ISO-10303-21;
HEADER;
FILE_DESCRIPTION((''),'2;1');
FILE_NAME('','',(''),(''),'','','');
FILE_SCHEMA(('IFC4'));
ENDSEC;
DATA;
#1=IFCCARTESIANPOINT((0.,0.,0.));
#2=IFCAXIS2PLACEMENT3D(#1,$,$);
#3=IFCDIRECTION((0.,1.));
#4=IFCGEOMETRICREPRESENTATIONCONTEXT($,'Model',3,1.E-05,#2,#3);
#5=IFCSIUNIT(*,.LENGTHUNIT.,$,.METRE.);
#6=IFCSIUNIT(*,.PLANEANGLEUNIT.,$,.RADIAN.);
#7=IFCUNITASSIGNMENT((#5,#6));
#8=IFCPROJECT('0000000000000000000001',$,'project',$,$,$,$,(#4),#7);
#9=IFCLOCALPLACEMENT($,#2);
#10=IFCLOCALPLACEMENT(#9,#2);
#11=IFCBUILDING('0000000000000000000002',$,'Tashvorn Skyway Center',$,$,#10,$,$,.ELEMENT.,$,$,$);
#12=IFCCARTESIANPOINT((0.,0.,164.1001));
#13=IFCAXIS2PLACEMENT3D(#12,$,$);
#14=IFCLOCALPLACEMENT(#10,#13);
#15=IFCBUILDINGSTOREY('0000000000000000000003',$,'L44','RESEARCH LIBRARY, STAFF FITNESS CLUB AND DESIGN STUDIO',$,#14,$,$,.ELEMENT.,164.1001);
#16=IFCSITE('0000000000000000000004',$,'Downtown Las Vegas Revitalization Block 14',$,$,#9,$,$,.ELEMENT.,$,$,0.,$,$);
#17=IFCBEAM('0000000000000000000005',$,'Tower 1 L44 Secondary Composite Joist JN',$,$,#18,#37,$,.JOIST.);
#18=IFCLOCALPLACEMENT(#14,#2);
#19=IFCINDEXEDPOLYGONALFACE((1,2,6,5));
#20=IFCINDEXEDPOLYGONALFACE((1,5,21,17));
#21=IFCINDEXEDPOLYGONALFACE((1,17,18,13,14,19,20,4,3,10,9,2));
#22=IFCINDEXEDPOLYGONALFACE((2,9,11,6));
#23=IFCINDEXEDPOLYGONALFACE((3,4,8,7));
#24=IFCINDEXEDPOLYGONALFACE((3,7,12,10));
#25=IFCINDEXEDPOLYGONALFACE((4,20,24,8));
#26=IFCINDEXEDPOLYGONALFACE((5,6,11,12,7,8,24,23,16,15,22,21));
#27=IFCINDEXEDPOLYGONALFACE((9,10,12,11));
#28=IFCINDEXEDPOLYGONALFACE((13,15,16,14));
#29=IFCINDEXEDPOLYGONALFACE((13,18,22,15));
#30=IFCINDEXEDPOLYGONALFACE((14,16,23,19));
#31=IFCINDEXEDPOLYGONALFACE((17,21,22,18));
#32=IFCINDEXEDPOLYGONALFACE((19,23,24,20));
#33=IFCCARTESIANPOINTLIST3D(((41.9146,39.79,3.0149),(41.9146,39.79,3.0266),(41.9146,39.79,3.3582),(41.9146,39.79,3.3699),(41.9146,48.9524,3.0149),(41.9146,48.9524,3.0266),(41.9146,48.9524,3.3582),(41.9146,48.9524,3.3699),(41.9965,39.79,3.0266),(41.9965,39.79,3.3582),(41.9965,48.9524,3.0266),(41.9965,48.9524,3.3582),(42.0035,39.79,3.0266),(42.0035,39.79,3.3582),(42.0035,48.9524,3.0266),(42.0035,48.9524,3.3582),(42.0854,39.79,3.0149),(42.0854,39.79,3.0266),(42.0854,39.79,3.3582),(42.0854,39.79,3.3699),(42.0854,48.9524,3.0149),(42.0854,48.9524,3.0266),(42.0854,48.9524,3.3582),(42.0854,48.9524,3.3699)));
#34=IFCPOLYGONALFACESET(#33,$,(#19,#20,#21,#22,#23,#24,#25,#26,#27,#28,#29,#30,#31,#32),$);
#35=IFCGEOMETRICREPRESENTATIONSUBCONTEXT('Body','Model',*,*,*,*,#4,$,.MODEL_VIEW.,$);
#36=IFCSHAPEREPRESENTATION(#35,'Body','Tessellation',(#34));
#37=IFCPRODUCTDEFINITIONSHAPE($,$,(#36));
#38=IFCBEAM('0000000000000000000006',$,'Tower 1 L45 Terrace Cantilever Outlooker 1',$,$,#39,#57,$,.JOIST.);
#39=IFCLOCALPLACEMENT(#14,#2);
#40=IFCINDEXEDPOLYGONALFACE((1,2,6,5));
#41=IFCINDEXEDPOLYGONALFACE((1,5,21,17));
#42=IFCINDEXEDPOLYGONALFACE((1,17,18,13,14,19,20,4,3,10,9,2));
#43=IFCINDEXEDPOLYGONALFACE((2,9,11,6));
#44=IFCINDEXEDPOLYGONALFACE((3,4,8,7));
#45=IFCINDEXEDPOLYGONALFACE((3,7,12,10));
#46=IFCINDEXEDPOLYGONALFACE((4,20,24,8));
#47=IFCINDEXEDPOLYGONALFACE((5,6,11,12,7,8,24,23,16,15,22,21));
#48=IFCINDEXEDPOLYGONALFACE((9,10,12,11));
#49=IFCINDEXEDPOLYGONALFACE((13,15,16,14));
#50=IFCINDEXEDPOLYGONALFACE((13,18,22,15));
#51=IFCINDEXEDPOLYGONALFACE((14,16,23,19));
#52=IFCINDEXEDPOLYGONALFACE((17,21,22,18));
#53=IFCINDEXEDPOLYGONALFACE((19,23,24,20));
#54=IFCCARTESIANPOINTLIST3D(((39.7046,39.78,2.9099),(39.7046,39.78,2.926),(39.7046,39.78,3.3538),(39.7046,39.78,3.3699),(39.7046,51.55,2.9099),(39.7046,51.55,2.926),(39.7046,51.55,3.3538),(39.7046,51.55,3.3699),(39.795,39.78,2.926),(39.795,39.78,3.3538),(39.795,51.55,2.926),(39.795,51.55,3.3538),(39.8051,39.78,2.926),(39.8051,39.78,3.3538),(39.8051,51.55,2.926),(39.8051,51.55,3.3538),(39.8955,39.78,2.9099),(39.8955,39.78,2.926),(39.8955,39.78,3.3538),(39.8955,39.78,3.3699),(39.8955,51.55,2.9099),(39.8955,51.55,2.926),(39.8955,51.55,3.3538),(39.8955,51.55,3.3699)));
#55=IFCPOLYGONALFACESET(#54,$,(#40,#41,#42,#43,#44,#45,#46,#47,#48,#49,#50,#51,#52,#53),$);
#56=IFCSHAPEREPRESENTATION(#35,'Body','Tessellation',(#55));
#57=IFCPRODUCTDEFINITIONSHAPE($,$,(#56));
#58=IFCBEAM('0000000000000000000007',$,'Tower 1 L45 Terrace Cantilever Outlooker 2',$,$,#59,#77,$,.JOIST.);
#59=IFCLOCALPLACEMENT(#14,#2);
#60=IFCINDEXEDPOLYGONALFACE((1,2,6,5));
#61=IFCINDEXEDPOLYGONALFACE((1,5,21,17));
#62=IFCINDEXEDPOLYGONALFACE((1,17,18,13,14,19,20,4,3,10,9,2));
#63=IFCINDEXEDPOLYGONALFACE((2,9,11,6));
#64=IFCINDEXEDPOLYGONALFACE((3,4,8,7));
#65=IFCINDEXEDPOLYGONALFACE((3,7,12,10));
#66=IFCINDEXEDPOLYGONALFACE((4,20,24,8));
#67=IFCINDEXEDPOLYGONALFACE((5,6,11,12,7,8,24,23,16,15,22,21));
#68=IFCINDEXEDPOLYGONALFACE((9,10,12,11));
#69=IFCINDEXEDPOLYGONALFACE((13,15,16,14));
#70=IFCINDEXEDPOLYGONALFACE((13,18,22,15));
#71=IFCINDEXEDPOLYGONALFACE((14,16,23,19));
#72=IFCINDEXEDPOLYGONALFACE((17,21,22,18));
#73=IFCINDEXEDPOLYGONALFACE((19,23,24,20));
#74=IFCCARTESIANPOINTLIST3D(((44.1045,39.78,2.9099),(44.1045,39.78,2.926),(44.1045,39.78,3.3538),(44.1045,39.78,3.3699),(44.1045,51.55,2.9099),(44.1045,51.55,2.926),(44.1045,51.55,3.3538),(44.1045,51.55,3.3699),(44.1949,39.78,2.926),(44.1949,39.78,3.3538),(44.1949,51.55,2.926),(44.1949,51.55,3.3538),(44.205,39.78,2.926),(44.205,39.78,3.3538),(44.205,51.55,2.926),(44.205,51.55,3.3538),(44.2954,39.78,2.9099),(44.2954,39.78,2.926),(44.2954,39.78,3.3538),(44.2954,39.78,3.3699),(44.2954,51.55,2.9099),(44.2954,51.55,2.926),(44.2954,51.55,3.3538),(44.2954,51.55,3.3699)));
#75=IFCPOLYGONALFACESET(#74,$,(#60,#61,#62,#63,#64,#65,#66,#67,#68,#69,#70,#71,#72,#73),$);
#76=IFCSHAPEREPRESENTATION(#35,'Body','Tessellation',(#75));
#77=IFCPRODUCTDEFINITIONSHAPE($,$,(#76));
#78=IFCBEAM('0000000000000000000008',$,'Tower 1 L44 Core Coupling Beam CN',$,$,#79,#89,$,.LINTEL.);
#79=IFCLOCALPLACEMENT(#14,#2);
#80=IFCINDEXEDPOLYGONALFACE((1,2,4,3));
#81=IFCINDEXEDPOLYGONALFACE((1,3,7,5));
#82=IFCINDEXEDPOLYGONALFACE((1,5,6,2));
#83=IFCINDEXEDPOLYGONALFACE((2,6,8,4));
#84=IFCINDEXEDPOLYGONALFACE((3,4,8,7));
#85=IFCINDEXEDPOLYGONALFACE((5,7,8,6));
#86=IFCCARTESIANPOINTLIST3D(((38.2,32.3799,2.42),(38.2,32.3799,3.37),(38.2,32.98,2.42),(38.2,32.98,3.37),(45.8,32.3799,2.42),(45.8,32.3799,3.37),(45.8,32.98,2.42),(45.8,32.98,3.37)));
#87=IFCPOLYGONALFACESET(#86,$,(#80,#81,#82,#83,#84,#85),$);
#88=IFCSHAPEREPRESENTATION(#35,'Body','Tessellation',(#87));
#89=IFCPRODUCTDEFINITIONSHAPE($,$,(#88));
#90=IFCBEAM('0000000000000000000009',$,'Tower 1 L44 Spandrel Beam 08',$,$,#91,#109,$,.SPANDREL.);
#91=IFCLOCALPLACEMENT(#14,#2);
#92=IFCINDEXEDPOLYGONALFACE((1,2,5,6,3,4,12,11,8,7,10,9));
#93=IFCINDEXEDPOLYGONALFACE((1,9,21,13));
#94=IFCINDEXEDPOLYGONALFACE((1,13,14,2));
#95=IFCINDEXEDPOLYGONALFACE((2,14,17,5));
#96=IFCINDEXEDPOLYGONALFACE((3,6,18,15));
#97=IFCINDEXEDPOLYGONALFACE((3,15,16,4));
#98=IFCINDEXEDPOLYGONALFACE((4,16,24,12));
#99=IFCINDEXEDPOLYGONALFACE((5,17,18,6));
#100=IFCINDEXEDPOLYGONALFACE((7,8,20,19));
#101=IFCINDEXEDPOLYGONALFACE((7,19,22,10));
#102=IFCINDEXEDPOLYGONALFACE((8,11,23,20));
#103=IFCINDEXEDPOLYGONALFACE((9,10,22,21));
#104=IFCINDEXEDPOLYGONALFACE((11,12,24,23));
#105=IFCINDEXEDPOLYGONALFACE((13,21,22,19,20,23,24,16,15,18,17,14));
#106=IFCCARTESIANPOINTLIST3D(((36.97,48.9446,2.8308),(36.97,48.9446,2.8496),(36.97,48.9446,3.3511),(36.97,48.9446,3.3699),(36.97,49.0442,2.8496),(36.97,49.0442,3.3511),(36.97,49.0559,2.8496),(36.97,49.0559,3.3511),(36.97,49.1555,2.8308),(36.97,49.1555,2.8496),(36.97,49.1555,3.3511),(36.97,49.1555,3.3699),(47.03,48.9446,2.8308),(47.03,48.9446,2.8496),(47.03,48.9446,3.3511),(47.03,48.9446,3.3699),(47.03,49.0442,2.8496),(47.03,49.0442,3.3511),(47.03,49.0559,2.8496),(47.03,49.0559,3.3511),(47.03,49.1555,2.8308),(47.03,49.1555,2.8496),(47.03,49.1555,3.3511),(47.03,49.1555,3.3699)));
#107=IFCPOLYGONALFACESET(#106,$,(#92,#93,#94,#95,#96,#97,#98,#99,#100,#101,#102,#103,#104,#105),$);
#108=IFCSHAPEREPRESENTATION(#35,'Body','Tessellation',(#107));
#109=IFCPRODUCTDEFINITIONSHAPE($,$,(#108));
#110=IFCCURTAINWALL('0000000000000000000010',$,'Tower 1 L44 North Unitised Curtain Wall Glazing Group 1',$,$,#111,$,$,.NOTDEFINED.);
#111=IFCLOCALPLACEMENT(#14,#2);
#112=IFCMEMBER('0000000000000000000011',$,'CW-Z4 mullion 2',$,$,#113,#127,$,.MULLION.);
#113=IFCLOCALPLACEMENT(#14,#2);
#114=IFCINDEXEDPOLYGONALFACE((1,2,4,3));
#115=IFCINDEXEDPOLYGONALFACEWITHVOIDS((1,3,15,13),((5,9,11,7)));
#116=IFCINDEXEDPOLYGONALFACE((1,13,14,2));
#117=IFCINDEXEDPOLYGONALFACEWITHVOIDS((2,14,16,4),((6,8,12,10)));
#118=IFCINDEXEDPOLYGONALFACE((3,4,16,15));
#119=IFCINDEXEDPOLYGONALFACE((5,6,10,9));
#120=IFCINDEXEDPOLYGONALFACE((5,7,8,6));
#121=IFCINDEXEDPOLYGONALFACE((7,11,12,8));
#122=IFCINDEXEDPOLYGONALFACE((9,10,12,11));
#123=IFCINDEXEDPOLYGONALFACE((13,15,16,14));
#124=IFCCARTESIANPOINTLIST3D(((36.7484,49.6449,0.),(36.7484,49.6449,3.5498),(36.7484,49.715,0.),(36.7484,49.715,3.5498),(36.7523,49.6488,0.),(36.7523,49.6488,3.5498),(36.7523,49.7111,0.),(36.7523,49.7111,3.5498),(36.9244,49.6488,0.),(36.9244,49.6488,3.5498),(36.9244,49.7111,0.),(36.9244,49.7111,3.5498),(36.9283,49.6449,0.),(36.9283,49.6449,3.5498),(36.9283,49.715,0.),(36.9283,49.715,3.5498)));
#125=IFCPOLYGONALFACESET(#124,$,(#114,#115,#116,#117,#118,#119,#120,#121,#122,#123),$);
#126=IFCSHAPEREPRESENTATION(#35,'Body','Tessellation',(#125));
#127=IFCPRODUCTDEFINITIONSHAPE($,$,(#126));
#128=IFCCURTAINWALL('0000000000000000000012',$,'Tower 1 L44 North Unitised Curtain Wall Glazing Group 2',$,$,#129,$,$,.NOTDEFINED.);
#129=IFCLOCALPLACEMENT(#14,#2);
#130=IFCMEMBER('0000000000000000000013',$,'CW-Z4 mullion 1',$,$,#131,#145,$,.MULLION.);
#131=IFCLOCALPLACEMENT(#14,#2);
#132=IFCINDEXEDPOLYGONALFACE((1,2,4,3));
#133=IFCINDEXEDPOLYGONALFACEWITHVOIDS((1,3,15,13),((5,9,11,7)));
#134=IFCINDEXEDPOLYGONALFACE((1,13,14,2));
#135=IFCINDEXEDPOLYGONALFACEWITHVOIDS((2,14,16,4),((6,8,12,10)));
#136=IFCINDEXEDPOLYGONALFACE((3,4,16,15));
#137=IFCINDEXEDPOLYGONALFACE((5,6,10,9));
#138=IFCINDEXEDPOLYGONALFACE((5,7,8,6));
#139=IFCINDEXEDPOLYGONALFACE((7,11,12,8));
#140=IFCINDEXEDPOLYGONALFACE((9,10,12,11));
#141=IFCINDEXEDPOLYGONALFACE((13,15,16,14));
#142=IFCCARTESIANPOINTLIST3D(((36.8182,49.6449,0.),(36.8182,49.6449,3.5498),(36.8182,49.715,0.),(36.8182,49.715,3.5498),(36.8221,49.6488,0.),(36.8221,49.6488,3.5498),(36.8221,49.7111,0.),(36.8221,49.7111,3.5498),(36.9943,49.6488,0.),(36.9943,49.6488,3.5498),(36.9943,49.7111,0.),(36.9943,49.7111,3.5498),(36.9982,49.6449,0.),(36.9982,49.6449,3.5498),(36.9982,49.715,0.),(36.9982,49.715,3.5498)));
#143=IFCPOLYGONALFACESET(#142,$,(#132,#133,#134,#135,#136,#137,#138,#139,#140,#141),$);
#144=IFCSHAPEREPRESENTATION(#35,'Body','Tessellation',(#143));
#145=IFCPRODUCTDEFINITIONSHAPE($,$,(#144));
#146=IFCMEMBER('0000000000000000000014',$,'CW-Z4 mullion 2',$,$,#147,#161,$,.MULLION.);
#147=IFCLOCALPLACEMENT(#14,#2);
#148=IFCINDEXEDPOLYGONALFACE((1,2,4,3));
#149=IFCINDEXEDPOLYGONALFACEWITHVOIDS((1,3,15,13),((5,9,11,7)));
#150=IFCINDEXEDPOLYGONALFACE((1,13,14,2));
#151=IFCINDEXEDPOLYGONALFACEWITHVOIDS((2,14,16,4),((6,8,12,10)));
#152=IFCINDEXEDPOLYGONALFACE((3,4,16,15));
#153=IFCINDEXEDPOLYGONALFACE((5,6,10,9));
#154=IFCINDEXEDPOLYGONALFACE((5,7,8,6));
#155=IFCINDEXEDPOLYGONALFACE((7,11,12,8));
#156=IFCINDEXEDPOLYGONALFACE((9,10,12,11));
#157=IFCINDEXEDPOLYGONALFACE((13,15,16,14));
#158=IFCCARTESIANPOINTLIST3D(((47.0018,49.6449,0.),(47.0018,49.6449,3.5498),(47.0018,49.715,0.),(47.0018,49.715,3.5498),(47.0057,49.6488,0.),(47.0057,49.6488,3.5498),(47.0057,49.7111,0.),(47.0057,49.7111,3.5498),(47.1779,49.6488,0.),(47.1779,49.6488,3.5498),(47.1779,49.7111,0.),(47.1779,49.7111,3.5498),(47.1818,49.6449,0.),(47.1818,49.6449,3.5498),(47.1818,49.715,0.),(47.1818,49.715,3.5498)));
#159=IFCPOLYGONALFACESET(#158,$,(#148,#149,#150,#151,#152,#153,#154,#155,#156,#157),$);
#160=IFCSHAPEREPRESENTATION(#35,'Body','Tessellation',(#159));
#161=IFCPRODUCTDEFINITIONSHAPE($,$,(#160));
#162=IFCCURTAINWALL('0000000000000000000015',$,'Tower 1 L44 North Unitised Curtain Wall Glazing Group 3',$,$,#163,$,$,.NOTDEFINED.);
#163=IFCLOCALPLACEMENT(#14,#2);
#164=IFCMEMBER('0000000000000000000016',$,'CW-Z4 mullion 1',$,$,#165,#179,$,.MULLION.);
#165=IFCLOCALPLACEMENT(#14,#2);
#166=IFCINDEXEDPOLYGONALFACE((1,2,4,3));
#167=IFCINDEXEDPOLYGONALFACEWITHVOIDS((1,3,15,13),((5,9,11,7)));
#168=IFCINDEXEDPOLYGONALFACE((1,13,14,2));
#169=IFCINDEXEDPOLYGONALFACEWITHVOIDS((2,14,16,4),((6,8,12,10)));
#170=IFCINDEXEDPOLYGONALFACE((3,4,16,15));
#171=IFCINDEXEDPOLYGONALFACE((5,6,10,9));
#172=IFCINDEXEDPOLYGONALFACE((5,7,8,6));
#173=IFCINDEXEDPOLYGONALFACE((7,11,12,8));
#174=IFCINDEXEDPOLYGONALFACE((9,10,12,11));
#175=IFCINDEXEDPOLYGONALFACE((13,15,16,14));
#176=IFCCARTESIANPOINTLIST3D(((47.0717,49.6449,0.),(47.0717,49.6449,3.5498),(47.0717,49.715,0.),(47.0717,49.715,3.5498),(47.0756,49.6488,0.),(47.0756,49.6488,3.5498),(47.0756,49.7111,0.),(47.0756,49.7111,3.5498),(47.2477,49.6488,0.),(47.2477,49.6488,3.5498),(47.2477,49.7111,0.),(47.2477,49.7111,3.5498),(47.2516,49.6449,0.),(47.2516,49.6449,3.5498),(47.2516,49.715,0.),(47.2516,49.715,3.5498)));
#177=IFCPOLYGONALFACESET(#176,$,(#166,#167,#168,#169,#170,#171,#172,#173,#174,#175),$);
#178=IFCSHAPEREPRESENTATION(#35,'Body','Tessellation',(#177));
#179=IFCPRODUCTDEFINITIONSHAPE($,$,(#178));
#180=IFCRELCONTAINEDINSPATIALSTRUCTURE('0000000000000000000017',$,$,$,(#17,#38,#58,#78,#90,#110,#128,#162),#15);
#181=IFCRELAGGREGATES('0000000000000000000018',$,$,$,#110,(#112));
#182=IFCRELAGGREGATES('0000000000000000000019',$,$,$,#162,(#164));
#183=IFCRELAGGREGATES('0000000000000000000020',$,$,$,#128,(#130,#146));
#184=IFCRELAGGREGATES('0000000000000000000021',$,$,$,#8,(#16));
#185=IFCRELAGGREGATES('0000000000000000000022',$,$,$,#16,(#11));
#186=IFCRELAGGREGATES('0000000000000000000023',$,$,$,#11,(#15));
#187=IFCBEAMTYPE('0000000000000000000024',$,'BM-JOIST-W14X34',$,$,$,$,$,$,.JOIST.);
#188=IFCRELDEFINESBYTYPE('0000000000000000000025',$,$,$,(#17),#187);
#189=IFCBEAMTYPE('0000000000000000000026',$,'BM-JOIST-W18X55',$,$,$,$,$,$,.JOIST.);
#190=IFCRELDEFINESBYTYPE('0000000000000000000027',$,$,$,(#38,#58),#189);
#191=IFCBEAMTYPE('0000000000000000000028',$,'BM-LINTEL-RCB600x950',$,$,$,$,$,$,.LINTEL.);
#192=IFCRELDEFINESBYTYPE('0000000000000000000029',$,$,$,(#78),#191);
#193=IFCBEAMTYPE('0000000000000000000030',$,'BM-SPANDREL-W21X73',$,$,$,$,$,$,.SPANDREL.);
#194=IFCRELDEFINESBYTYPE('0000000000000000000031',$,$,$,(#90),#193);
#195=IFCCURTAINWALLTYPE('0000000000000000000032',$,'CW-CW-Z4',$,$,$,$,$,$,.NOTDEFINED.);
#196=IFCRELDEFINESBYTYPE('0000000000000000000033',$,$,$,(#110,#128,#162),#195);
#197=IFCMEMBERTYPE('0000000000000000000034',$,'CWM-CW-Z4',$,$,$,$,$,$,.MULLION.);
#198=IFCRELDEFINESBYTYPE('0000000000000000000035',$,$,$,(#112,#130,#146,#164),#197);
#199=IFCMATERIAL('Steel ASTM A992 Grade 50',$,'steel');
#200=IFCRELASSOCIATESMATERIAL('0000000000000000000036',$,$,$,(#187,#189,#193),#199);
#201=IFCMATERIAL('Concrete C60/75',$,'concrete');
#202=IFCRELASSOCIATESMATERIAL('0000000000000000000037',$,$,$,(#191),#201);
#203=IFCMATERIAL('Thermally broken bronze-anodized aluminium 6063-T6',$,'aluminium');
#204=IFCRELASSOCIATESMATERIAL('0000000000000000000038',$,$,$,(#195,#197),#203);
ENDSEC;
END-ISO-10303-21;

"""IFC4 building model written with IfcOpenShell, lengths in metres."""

from ifc_helpers import new_model, si_unit, direction, frame, origin, origin_2d, place, context, subcontext, project, spatial, rectangle, hollow_rectangle, i_section, extrude, material, material_profile, profile_set, type_object, element, aggregate, save


model = new_model("IFC4")

# Units and contexts
model_context = context("Model", 3, precision=1e-05, world=origin(), true_north=direction((0.0, 1.0)))
body_context = subcontext(model_context, "Body", "Model", "MODEL_VIEW")
ifc_project = project(units=[si_unit("LENGTHUNIT", "METRE"), si_unit("PLANEANGLEUNIT", "RADIAN")], contexts=[model_context])

# Site, building, storey
site_placement = place(None, origin())
site = spatial("IfcSite", under=ifc_project, at=site_placement, Name="Downtown Las Vegas Revitalization Block 14", CompositionType="ELEMENT", RefElevation=0.0)
building_placement = place(site_placement, origin())
building = spatial("IfcBuilding", under=site, at=building_placement, Name="Tashvorn Skyway Center", CompositionType="ELEMENT")
storey_placement = place(building_placement, frame((0.0, 0.0, 164.1001)))
storey = spatial("IfcBuildingStorey", under=building, at=storey_placement, Name="L44", Description="RESEARCH LIBRARY, STAFF FITNESS CLUB AND DESIGN STUDIO", CompositionType="ELEMENT", Elevation=164.1001)

# Beams
ifc_material_1 = material(Name="Steel ASTM A992 Grade 50", Category="steel")
ifc_material_profile_1 = material_profile(ifc_material_1, i_section(OverallWidth=0.1709, OverallDepth=0.355, WebThickness=0.0071, FlangeThickness=0.0117, at=origin_2d()), Name="W14X34")
ifc_profile_set_1 = profile_set([ifc_material_profile_1], Name="Steel ASTM A992 Grade 50")
beam_type_1 = type_object("IfcBeamType", Name="BM-JOIST-W14X34", PredefinedType="JOIST", material=ifc_profile_set_1)
beam_1_placement = place(storey_placement, frame((42.0, 39.79, 3.1924), z_axis=(0.0, 1.0, 0.0), x_axis=(-1.0, 0.0, 0.0)))
element("IfcBeam", 1, at=beam_1_placement, inside=storey, type_object=beam_type_1, Name="Tower 1 L44 Secondary Composite Joist JN", PredefinedType="JOIST", context=body_context, shape_type="SweptSolid", body=[
    extrude(i_section(OverallWidth=0.1709, OverallDepth=0.355, WebThickness=0.0071, FlangeThickness=0.0117, at=origin_2d()), origin(), (0.0, 0.0, 1.0), 9.1624),
])
ifc_material_profile_2 = material_profile(ifc_material_1, i_section(OverallWidth=0.1909, OverallDepth=0.46, WebThickness=0.01, FlangeThickness=0.0161, at=origin_2d()), Name="W18X55")
ifc_profile_set_2 = profile_set([ifc_material_profile_2], Name="Steel ASTM A992 Grade 50")
beam_type_2 = type_object("IfcBeamType", Name="BM-JOIST-W18X55", PredefinedType="JOIST", material=ifc_profile_set_2)
for number, where, z_axis, x_axis, name in (
    (2, (39.8, 39.78, 3.1399), (0.0, 1.0, 0.0), (-1.0, 0.0, 0.0), "Tower 1 L45 Terrace Cantilever Outlooker 1"),
    (3, (44.2, 39.78, 3.1399), (0.0, 1.0, 0.0), (-1.0, 0.0, 0.0), "Tower 1 L45 Terrace Cantilever Outlooker 2"),
):
    element("IfcBeam", number, at=place(storey_placement, frame(where, z_axis=z_axis, x_axis=x_axis)), inside=storey, type_object=beam_type_2, Name=name, PredefinedType="JOIST", context=body_context, shape_type="SweptSolid", body=[
        extrude(i_section(OverallWidth=0.1909, OverallDepth=0.46, WebThickness=0.01, FlangeThickness=0.0161, at=origin_2d()), origin(), (0.0, 0.0, 1.0), 11.77),
    ])
ifc_material_2 = material(Name="Concrete C60/75", Category="concrete")
ifc_material_profile_3 = material_profile(ifc_material_2, rectangle(XDim=0.6001, YDim=0.95, at=origin_2d()), Name="RCB600x950")
ifc_profile_set_3 = profile_set([ifc_material_profile_3], Name="Concrete C60/75")
beam_type_3 = type_object("IfcBeamType", Name="BM-LINTEL-RCB600x950", PredefinedType="LINTEL", material=ifc_profile_set_3)
beam_2_placement = place(storey_placement, frame((38.2, 32.6799, 2.895), z_axis=(1.0, 0.0, 0.0), x_axis=(0.0, 1.0, 0.0)))
element("IfcBeam", 4, at=beam_2_placement, inside=storey, type_object=beam_type_3, Name="Tower 1 L44 Core Coupling Beam CN", PredefinedType="LINTEL", context=body_context, shape_type="SweptSolid", body=[
    extrude(rectangle(XDim=0.6001, YDim=0.95, at=origin_2d()), origin(), (0.0, 0.0, 1.0), 7.6001),
])
ifc_material_profile_4 = material_profile(ifc_material_1, i_section(OverallWidth=0.2109, OverallDepth=0.5391, WebThickness=0.0117, FlangeThickness=0.0188, at=origin_2d()), Name="W21X73")
ifc_profile_set_4 = profile_set([ifc_material_profile_4], Name="Steel ASTM A992 Grade 50")
beam_type_4 = type_object("IfcBeamType", Name="BM-SPANDREL-W21X73", PredefinedType="SPANDREL", material=ifc_profile_set_4)
beam_3_placement = place(storey_placement, frame((47.03, 49.05, 3.1003), z_axis=(-1.0, 0.0, 0.0), x_axis=(0.0, -1.0, 0.0)))
element("IfcBeam", 5, at=beam_3_placement, inside=storey, type_object=beam_type_4, Name="Tower 1 L44 Spandrel Beam 08", PredefinedType="SPANDREL", context=body_context, shape_type="SweptSolid", body=[
    extrude(i_section(OverallWidth=0.2109, OverallDepth=0.5391, WebThickness=0.0117, FlangeThickness=0.0188, at=origin_2d()), origin(), (0.0, 0.0, 1.0), 10.0601),
])

# Curtain wall, member
ifc_material_3 = material(Name="Thermally broken bronze-anodized aluminium 6063-T6", Category="aluminium")
curtain_wall_type = type_object("IfcCurtainWallType", Name="CW-CW-Z4", PredefinedType="NOTDEFINED", material=ifc_material_3)
curtain_wall_1_placement = place(storey_placement, origin())
curtain_wall_1 = element("IfcCurtainWall", 6, at=curtain_wall_1_placement, inside=storey, type_object=curtain_wall_type, Name="Tower 1 L44 North Unitised Curtain Wall Glazing Group 1", PredefinedType="NOTDEFINED")
ifc_material_profile_5 = material_profile(ifc_material_3, hollow_rectangle(XDim=0.0701, YDim=0.1799, WallThickness=0.0039, at=origin_2d()), Name="ALU-MULL-70x180")
ifc_profile_set_5 = profile_set([ifc_material_profile_5], Name="Thermally broken bronze-anodized aluminium 6063-T6")
member_type_1 = type_object("IfcMemberType", Name="CWM-CW-Z4", PredefinedType="MULLION", material=ifc_profile_set_5)
member_1_placement = place(storey_placement, frame((36.8384, 49.6799, 0.0), z_axis=(0.0, 0.0, 1.0), x_axis=(0.0, 1.0, 0.0)))
member_1 = element("IfcMember", 7, at=member_1_placement, type_object=member_type_1, Name="CW-Z4 mullion 2", PredefinedType="MULLION", context=body_context, shape_type="SweptSolid", body=[
    extrude(hollow_rectangle(XDim=0.0701, YDim=0.1799, WallThickness=0.0039, at=origin_2d()), origin(), (0.0, 0.0, 1.0), 3.5498),
])
aggregate(curtain_wall_1, [member_1])

# Curtain wall, members
curtain_wall_2_placement = place(storey_placement, origin())
curtain_wall_2 = element("IfcCurtainWall", 8, at=curtain_wall_2_placement, inside=storey, type_object=curtain_wall_type, Name="Tower 1 L44 North Unitised Curtain Wall Glazing Group 2", PredefinedType="NOTDEFINED")
member_2_placement = place(storey_placement, frame((36.9082, 49.6799, 0.0), z_axis=(0.0, 0.0, 1.0), x_axis=(0.0, 1.0, 0.0)))
member_2 = element("IfcMember", 9, at=member_2_placement, type_object=member_type_1, Name="CW-Z4 mullion 1", PredefinedType="MULLION", context=body_context, shape_type="SweptSolid", body=[
    extrude(hollow_rectangle(XDim=0.0701, YDim=0.1799, WallThickness=0.0039, at=origin_2d()), origin(), (0.0, 0.0, 1.0), 3.5498),
])
member_3_placement = place(storey_placement, frame((47.0918, 49.6799, 0.0), z_axis=(0.0, 0.0, 1.0), x_axis=(0.0, 1.0, 0.0)))
member_3 = element("IfcMember", 10, at=member_3_placement, type_object=member_type_1, Name="CW-Z4 mullion 2", PredefinedType="MULLION", context=body_context, shape_type="SweptSolid", body=[
    extrude(hollow_rectangle(XDim=0.0701, YDim=0.1799, WallThickness=0.0039, at=origin_2d()), origin(), (0.0, 0.0, 1.0), 3.5498),
])

# Curtain wall, member
curtain_wall_3_placement = place(storey_placement, origin())
curtain_wall_3 = element("IfcCurtainWall", 11, at=curtain_wall_3_placement, inside=storey, type_object=curtain_wall_type, Name="Tower 1 L44 North Unitised Curtain Wall Glazing Group 3", PredefinedType="NOTDEFINED")
member_4_placement = place(storey_placement, frame((47.1616, 49.6799, 0.0), z_axis=(0.0, 0.0, 1.0), x_axis=(0.0, 1.0, 0.0)))
member_4 = element("IfcMember", 12, at=member_4_placement, type_object=member_type_1, Name="CW-Z4 mullion 1", PredefinedType="MULLION", context=body_context, shape_type="SweptSolid", body=[
    extrude(hollow_rectangle(XDim=0.0701, YDim=0.1799, WallThickness=0.0039, at=origin_2d()), origin(), (0.0, 0.0, 1.0), 3.5498),
])
aggregate(curtain_wall_3, [member_4])

aggregate(curtain_wall_2, [member_2, member_3])

save(model, "model.ifc")
